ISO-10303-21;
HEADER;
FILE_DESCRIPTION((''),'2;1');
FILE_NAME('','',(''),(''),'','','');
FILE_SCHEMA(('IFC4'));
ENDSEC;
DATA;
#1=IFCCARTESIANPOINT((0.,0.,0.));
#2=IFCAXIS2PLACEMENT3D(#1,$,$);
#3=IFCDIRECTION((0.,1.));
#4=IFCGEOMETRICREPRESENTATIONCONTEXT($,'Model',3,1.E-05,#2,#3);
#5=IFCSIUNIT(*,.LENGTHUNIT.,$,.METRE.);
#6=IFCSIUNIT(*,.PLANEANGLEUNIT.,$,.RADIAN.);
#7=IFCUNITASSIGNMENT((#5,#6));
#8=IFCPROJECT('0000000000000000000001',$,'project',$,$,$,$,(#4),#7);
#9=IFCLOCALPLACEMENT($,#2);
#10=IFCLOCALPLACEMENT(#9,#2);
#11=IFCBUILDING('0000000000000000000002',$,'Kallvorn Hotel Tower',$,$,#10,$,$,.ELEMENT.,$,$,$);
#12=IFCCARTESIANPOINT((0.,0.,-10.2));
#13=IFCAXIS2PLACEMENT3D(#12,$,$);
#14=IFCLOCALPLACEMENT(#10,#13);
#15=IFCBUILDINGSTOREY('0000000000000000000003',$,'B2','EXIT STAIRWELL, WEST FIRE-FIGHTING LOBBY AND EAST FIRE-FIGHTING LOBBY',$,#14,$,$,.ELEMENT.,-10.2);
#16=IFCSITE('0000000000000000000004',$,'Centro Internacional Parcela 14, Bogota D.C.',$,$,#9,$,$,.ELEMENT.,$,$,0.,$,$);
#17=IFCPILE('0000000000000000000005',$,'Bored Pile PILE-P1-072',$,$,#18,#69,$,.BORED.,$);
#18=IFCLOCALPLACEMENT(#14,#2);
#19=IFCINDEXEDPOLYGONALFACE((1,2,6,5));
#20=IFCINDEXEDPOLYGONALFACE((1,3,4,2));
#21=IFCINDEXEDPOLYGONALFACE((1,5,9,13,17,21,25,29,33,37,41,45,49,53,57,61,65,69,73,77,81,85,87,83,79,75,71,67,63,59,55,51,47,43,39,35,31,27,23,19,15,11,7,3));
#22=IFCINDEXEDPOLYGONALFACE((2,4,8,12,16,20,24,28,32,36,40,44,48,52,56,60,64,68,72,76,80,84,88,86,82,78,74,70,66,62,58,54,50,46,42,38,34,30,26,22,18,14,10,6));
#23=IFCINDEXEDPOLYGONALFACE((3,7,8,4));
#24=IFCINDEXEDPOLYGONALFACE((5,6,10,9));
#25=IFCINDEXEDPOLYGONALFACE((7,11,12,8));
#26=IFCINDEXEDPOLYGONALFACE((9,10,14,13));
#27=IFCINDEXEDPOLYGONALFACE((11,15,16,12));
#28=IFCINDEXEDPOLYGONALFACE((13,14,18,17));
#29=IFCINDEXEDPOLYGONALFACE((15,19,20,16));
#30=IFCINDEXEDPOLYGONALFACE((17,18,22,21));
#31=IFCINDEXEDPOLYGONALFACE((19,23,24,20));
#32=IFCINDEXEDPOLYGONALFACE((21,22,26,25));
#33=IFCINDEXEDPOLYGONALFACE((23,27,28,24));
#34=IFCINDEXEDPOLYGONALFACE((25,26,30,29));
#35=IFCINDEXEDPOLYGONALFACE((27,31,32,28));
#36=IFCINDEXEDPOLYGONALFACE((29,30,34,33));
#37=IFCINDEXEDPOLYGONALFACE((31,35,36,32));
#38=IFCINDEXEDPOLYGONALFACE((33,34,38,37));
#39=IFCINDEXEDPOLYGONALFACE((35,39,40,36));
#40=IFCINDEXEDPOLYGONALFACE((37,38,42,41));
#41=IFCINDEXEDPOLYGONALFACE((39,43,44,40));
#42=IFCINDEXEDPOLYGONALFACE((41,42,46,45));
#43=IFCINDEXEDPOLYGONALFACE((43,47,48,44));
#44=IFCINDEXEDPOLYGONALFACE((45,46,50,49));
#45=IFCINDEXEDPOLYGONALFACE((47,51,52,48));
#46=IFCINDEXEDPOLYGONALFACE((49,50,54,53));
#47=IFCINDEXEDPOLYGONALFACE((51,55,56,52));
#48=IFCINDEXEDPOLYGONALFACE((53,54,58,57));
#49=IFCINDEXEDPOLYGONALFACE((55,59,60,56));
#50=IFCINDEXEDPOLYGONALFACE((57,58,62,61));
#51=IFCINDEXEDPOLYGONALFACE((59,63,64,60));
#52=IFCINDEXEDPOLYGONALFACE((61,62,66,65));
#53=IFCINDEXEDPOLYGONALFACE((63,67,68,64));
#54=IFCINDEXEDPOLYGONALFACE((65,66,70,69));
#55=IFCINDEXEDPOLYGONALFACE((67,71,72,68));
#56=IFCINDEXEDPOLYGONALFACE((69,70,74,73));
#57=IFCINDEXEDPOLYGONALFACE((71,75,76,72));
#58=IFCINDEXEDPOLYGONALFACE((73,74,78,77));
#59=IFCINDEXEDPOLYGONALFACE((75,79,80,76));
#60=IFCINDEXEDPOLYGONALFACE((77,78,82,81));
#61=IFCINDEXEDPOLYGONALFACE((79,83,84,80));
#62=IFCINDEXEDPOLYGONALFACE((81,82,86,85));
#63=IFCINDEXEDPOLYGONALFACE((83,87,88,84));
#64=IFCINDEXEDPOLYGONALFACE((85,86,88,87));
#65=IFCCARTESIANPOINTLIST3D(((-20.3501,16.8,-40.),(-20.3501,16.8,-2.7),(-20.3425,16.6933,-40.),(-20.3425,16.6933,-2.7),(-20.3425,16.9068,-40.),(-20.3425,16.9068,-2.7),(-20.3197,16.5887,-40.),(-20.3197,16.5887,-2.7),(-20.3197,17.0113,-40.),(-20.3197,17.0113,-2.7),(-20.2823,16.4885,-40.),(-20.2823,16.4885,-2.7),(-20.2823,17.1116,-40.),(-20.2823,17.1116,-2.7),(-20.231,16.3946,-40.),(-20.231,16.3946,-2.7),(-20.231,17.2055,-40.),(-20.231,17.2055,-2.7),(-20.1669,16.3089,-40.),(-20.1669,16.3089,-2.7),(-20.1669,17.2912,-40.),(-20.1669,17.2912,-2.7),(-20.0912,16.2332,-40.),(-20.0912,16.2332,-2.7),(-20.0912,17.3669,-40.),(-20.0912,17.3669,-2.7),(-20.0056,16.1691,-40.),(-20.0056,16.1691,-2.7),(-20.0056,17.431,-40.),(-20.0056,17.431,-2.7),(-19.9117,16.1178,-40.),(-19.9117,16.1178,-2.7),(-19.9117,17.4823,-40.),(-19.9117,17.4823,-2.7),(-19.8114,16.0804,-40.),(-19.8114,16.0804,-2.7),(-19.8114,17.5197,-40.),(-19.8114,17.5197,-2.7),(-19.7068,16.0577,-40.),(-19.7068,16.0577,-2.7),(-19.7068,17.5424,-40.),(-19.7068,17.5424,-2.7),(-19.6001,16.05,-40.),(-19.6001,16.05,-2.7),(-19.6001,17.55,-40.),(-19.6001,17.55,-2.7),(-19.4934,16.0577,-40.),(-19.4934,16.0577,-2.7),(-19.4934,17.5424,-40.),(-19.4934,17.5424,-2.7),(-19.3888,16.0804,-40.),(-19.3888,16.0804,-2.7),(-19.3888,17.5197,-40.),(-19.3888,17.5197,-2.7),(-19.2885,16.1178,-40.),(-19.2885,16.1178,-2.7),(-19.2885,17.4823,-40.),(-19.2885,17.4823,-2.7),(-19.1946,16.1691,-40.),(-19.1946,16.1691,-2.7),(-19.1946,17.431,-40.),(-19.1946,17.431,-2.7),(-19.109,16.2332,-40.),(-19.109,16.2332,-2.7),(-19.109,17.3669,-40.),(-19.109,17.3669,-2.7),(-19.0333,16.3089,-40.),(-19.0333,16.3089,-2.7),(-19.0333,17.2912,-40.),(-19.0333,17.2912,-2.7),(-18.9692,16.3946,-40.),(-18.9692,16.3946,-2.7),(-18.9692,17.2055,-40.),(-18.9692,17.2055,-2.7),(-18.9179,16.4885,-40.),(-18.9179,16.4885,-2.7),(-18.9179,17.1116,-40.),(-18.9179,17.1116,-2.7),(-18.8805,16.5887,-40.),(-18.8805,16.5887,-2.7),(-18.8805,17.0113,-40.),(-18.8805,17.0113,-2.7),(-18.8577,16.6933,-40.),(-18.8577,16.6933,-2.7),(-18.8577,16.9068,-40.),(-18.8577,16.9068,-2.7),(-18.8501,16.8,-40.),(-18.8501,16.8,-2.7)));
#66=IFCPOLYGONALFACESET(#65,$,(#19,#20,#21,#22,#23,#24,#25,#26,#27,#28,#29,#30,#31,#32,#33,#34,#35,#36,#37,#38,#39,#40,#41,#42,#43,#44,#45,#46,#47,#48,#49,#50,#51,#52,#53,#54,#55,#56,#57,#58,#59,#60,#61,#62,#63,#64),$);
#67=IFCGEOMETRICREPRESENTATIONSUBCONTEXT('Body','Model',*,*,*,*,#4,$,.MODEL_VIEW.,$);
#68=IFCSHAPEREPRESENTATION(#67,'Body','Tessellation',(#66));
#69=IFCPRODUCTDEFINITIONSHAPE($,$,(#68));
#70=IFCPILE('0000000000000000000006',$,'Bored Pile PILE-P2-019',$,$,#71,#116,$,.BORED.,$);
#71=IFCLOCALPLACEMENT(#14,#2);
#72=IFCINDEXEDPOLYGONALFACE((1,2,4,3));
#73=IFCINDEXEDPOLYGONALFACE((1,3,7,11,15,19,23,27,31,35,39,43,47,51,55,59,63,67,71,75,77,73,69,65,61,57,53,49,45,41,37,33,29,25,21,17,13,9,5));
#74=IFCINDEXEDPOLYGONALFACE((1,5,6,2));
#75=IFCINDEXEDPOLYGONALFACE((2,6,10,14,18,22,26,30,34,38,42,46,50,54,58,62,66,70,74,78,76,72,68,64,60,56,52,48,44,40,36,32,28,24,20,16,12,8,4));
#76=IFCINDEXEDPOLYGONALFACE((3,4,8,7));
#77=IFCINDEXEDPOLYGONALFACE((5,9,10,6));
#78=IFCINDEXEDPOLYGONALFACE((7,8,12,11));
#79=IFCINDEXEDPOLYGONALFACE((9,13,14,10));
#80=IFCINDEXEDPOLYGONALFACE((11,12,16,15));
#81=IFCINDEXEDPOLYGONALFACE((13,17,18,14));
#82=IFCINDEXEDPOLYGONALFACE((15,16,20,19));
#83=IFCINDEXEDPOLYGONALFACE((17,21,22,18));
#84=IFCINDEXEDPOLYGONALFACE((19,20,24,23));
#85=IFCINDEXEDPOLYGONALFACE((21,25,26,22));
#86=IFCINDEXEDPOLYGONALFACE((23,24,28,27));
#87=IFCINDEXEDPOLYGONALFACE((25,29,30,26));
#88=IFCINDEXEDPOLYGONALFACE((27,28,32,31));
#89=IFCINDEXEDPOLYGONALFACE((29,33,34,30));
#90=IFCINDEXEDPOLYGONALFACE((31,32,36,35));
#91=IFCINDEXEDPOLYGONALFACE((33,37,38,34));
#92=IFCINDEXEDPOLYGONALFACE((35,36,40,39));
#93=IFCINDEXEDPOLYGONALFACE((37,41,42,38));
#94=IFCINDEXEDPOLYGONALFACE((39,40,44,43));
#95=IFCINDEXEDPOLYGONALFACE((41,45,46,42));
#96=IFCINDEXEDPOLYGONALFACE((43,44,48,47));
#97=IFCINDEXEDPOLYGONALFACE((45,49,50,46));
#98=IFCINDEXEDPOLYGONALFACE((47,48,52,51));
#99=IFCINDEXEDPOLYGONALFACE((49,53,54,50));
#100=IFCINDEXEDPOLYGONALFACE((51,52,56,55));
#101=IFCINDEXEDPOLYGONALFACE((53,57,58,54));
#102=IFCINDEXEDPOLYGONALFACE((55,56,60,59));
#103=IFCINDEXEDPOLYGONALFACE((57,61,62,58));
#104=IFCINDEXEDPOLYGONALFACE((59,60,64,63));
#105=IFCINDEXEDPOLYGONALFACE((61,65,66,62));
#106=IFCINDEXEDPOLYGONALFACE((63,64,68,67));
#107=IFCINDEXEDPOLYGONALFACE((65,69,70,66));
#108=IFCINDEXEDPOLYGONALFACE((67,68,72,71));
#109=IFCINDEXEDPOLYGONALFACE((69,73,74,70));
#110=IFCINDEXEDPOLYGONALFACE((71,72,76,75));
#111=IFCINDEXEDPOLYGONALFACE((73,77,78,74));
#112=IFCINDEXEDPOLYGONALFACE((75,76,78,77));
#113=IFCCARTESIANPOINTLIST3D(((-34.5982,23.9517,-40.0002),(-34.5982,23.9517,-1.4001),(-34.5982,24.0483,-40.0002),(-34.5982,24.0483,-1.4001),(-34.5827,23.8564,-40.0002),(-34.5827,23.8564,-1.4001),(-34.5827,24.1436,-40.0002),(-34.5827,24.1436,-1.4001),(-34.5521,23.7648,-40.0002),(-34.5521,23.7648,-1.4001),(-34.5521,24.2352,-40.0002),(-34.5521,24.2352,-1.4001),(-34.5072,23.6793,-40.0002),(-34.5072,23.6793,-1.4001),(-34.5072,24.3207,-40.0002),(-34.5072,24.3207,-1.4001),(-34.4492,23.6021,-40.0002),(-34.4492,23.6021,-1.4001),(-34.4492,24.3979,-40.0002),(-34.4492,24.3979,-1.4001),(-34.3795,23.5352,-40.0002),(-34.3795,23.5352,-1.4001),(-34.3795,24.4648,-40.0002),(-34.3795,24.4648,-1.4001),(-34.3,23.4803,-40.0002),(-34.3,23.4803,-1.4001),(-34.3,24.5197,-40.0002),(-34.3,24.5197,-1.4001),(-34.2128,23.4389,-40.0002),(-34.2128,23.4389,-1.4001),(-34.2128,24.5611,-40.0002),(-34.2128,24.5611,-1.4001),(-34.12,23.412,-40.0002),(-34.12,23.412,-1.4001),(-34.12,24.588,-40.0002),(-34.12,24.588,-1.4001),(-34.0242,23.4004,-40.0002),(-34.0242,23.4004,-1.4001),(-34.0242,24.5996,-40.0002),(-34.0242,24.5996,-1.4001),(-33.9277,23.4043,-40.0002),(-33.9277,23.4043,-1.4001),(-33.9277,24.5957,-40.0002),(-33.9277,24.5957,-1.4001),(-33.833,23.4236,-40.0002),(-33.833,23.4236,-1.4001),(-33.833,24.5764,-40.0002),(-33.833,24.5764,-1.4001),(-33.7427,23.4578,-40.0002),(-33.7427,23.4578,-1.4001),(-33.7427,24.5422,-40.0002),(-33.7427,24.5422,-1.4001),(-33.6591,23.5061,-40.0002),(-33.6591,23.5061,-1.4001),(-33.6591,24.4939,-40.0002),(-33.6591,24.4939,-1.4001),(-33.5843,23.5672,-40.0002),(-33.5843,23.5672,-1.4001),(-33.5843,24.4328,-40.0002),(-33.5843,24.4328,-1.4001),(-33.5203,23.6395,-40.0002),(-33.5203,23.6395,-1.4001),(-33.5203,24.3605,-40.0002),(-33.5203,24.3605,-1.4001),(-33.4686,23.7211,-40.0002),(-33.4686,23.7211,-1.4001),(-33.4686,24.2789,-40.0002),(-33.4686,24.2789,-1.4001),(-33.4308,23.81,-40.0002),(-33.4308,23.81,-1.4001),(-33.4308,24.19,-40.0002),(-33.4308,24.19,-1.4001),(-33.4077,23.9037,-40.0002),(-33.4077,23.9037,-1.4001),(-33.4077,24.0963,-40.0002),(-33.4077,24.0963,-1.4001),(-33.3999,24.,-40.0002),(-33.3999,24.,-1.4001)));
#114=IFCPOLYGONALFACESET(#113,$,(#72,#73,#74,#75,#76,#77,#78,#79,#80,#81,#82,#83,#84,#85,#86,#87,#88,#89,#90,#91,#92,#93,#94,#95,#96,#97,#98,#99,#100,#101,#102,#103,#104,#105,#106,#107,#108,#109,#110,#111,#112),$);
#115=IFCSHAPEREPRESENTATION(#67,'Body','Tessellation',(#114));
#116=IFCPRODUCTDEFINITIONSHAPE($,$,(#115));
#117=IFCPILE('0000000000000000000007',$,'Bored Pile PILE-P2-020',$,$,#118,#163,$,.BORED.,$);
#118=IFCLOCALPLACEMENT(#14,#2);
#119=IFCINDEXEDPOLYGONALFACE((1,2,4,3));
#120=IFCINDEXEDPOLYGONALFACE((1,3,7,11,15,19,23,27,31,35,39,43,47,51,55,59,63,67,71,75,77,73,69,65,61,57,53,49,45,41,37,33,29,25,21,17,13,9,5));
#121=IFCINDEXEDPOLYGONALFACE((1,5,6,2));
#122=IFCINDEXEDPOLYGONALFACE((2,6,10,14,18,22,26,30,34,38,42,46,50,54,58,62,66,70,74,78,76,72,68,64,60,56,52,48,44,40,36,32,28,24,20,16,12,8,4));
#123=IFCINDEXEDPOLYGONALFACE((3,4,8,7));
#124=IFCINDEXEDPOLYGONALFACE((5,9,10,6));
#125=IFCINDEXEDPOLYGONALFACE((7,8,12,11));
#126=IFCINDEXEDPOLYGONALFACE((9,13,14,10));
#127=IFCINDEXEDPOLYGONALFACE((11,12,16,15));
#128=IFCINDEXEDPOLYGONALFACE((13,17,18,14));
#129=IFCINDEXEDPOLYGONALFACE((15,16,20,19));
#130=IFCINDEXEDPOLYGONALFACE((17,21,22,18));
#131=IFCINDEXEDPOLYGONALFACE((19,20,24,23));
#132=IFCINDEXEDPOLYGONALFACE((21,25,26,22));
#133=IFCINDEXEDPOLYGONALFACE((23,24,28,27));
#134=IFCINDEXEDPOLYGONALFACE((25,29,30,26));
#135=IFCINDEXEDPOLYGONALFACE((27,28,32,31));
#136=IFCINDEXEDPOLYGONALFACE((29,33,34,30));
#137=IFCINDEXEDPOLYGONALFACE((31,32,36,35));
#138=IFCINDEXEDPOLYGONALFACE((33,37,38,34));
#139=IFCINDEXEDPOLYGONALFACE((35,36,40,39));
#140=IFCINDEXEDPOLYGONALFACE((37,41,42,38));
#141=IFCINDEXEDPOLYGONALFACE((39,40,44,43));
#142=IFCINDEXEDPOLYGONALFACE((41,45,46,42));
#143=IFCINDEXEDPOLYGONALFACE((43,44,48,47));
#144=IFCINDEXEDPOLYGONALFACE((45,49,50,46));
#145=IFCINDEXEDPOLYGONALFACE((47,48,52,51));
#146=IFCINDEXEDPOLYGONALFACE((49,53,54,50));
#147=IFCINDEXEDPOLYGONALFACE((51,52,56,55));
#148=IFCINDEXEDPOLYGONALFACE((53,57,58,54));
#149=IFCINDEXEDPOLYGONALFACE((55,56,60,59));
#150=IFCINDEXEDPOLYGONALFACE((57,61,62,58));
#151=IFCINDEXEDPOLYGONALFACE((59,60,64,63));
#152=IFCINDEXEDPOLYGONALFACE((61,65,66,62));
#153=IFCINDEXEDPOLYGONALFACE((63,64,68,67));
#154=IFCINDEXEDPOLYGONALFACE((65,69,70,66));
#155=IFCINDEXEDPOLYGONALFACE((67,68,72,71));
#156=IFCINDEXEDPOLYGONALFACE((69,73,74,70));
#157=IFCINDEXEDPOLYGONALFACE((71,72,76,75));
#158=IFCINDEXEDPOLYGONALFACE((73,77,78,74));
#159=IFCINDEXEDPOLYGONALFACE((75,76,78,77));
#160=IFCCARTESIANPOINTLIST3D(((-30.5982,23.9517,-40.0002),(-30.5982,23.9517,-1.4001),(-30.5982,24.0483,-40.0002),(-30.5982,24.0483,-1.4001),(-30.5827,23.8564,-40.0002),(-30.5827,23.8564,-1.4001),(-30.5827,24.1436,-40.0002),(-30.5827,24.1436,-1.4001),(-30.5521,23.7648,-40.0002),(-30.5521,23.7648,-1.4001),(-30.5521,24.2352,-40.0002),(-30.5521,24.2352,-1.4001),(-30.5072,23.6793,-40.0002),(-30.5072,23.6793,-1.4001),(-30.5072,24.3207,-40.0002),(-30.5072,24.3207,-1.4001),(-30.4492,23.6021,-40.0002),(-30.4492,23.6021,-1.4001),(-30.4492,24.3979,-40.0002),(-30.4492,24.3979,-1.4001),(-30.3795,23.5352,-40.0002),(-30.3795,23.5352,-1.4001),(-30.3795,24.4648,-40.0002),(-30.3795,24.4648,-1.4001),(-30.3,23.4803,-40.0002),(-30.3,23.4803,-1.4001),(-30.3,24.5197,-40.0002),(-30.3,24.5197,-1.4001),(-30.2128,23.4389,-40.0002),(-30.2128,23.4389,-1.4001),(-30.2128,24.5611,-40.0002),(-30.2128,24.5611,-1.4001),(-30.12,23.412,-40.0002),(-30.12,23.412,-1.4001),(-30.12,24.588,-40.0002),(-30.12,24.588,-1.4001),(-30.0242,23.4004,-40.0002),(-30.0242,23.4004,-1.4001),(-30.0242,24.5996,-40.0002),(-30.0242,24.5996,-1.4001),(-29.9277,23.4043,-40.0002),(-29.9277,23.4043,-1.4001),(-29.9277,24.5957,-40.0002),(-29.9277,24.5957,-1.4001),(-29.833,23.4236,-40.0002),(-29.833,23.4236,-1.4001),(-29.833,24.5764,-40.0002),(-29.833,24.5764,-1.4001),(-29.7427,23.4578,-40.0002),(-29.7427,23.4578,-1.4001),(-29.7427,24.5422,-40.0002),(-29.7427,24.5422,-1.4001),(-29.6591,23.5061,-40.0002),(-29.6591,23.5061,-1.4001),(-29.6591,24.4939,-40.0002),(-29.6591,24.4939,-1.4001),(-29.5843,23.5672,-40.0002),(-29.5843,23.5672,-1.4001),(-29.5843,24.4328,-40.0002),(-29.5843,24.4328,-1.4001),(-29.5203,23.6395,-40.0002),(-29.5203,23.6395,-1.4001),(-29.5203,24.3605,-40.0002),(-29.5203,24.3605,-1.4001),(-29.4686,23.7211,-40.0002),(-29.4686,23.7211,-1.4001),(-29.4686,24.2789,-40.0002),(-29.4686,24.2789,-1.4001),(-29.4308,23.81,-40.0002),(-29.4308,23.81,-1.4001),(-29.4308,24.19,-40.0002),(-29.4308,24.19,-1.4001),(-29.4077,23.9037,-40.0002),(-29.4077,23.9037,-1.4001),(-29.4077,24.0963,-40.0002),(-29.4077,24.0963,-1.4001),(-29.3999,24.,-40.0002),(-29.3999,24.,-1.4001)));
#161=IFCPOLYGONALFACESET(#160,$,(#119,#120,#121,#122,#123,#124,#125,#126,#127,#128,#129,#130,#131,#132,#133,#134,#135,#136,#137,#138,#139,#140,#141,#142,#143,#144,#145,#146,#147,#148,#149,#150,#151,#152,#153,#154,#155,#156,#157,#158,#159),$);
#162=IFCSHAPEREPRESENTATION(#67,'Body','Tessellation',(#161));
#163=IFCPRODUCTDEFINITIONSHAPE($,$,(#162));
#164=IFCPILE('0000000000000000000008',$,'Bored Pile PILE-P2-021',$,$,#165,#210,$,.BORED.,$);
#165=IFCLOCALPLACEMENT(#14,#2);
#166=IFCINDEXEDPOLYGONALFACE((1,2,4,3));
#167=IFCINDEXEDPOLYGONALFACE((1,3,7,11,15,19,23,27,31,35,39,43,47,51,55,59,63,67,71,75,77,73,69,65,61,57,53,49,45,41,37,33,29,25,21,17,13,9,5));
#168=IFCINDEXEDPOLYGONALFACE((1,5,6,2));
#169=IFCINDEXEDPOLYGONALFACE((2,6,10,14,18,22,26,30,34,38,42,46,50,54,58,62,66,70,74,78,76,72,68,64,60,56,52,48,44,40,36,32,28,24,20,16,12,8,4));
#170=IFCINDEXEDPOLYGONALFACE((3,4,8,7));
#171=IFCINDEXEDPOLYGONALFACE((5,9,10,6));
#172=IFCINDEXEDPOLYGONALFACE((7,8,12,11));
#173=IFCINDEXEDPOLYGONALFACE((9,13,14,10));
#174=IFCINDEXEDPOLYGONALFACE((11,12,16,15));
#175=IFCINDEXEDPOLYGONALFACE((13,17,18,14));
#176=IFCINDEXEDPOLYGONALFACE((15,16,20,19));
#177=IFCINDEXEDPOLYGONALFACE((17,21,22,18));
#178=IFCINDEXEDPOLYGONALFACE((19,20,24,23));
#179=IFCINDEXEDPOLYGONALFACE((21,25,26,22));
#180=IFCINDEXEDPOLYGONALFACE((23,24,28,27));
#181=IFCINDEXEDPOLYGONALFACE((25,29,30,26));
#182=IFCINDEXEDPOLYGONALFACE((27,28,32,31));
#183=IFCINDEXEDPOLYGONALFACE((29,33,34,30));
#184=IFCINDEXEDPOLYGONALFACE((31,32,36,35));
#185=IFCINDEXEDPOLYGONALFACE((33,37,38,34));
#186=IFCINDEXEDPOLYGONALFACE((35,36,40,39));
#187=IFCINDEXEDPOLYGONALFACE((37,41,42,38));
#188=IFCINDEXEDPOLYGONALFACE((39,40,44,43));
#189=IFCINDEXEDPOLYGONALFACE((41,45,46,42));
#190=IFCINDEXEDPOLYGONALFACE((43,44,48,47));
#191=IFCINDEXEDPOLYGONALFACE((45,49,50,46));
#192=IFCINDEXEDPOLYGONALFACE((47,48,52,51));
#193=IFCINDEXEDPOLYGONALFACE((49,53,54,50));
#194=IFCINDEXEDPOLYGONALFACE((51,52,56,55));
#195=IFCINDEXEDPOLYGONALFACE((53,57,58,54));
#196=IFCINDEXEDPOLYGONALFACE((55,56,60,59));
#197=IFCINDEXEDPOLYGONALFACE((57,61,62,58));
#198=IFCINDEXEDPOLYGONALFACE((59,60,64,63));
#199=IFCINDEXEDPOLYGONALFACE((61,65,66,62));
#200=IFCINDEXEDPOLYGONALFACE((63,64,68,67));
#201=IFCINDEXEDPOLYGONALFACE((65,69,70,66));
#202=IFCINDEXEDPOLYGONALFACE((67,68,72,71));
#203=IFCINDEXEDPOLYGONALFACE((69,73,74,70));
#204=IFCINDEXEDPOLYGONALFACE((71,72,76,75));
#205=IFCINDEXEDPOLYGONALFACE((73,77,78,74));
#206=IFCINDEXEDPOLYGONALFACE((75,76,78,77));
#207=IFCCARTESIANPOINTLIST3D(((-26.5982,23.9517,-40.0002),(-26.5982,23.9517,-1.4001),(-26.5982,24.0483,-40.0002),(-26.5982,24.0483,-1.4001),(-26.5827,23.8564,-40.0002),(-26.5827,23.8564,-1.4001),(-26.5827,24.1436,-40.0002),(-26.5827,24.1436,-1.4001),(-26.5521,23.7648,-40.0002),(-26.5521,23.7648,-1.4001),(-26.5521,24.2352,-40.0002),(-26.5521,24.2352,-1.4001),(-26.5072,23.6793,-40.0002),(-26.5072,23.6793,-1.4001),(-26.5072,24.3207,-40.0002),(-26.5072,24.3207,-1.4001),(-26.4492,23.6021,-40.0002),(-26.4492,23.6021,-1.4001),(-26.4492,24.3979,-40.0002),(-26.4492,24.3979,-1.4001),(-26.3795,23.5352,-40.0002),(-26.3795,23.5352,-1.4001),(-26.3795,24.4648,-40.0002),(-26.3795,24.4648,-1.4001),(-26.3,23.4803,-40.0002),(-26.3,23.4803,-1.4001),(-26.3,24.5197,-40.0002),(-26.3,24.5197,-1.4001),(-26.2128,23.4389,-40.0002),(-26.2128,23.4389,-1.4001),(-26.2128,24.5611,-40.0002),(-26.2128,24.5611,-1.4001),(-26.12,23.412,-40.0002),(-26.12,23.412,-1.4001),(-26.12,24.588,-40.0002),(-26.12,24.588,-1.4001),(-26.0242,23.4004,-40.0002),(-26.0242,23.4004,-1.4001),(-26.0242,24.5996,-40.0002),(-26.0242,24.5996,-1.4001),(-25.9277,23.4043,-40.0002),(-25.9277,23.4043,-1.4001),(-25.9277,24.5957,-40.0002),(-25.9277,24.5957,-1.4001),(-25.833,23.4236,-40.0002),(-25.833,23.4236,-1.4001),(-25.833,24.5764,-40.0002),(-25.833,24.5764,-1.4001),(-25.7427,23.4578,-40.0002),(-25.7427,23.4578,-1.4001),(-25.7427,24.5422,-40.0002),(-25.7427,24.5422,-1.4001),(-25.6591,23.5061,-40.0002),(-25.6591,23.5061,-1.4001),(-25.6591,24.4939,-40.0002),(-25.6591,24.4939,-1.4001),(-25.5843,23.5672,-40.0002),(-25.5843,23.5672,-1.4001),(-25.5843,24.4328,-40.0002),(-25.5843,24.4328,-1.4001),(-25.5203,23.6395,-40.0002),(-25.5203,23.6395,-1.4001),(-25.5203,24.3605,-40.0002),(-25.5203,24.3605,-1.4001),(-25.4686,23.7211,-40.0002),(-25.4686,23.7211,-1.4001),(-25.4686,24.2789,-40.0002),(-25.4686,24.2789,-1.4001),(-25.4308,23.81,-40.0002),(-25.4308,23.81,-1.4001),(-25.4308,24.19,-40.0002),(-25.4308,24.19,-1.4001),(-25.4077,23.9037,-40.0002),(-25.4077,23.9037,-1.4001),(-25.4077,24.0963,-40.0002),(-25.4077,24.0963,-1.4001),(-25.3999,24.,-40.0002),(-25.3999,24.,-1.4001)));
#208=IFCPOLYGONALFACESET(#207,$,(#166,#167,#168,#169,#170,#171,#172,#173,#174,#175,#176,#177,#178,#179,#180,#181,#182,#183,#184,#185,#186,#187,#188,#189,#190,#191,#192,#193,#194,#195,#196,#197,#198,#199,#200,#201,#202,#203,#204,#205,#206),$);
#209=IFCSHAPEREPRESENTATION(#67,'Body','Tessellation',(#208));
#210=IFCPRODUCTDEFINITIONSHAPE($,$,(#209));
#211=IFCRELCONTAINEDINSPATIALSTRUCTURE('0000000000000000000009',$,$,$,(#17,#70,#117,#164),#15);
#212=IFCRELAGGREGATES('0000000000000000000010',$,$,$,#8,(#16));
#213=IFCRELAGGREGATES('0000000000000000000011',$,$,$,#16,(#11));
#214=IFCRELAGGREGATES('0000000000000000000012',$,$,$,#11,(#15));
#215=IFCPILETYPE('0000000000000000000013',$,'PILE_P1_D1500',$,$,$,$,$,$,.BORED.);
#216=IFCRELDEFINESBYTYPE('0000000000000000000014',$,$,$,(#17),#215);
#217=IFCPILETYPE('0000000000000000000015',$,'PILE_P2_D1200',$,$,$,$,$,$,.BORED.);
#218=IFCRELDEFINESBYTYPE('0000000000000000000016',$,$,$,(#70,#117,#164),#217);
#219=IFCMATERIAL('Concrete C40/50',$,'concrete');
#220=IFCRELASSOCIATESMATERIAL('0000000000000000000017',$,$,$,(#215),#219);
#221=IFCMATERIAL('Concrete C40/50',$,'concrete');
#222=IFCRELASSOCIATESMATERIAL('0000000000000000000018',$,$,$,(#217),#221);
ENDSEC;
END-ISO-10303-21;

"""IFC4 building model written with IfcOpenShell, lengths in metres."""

from ifc_helpers import new_model, si_unit, direction, frame, origin, origin_2d, place, context, subcontext, project, spatial, circle, extrude, material, material_profile, profile_set, type_object, element, save


model = new_model("IFC4")

# Units and contexts
model_context = context("Model", 3, precision=1e-05, world=origin(), true_north=direction((0.0, 1.0)))
body_context = subcontext(model_context, "Body", "Model", "MODEL_VIEW")
ifc_project = project(units=[si_unit("LENGTHUNIT", "METRE"), si_unit("PLANEANGLEUNIT", "RADIAN")], contexts=[model_context])

# Site, building, storey
site_placement = place(None, origin())
site = spatial("IfcSite", under=ifc_project, at=site_placement, Name="Centro Internacional Parcela 14, Bogota D.C.", CompositionType="ELEMENT", RefElevation=0.0)
building_placement = place(site_placement, origin())
building = spatial("IfcBuilding", under=site, at=building_placement, Name="Kallvorn Hotel Tower", CompositionType="ELEMENT")
storey_placement = place(building_placement, frame((0.0, 0.0, -10.2)))
storey = spatial("IfcBuildingStorey", under=building, at=storey_placement, Name="B2", Description="EXIT STAIRWELL, WEST FIRE-FIGHTING LOBBY AND EAST FIRE-FIGHTING LOBBY", CompositionType="ELEMENT", Elevation=-10.2)

# Piles
ifc_material_1 = material(Name="Concrete C40/50", Category="concrete")
ifc_material_profile_1 = material_profile(ifc_material_1, circle(Radius=0.75, at=origin_2d()), Name="PILE D1500")
ifc_profile_set_1 = profile_set([ifc_material_profile_1], Name="Concrete C40/50")
pile_type_1 = type_object("IfcPileType", Name="PILE_P1_D1500", PredefinedType="BORED", material=ifc_profile_set_1)
for number, where, z_axis, x_axis, name in (
    (1, (-19.6001, 16.8, -2.7), (0.0, 0.0, -1.0), (1.0, 0.0, 0.0), "Bored Pile PILE-P1-072"),
):
    element("IfcPile", number, at=place(storey_placement, frame(where, z_axis=z_axis, x_axis=x_axis)), inside=storey, type_object=pile_type_1, Name=name, PredefinedType="BORED", context=body_context, shape_type="SweptSolid", body=[
        extrude(circle(Radius=0.75, at=origin_2d()), origin(), (0.0, 0.0, 1.0), 37.3),
    ])
ifc_material_2 = material(Name="Concrete C40/50", Category="concrete")
ifc_material_profile_2 = material_profile(ifc_material_2, circle(Radius=0.6001, at=origin_2d()), Name="PILE D1200")
ifc_profile_set_2 = profile_set([ifc_material_profile_2], Name="Concrete C40/50")
pile_type_2 = type_object("IfcPileType", Name="PILE_P2_D1200", PredefinedType="BORED", material=ifc_profile_set_2)
for number, where, z_axis, x_axis, name in (
    (2, (-34.0, 24.0, -1.4001), (0.0, 0.0, -1.0), (1.0, 0.0, 0.0), "Bored Pile PILE-P2-019"),
    (3, (-30.0, 24.0, -1.4001), (0.0, 0.0, -1.0), (1.0, 0.0, 0.0), "Bored Pile PILE-P2-020"),
    (4, (-26.0, 24.0, -1.4001), (0.0, 0.0, -1.0), (1.0, 0.0, 0.0), "Bored Pile PILE-P2-021"),
):
    element("IfcPile", number, at=place(storey_placement, frame(where, z_axis=z_axis, x_axis=x_axis)), inside=storey, type_object=pile_type_2, Name=name, PredefinedType="BORED", context=body_context, shape_type="SweptSolid", body=[
        extrude(circle(Radius=0.6001, at=origin_2d()), origin(), (0.0, 0.0, 1.0), 38.6001),
    ])

save(model, "model.ifc")
